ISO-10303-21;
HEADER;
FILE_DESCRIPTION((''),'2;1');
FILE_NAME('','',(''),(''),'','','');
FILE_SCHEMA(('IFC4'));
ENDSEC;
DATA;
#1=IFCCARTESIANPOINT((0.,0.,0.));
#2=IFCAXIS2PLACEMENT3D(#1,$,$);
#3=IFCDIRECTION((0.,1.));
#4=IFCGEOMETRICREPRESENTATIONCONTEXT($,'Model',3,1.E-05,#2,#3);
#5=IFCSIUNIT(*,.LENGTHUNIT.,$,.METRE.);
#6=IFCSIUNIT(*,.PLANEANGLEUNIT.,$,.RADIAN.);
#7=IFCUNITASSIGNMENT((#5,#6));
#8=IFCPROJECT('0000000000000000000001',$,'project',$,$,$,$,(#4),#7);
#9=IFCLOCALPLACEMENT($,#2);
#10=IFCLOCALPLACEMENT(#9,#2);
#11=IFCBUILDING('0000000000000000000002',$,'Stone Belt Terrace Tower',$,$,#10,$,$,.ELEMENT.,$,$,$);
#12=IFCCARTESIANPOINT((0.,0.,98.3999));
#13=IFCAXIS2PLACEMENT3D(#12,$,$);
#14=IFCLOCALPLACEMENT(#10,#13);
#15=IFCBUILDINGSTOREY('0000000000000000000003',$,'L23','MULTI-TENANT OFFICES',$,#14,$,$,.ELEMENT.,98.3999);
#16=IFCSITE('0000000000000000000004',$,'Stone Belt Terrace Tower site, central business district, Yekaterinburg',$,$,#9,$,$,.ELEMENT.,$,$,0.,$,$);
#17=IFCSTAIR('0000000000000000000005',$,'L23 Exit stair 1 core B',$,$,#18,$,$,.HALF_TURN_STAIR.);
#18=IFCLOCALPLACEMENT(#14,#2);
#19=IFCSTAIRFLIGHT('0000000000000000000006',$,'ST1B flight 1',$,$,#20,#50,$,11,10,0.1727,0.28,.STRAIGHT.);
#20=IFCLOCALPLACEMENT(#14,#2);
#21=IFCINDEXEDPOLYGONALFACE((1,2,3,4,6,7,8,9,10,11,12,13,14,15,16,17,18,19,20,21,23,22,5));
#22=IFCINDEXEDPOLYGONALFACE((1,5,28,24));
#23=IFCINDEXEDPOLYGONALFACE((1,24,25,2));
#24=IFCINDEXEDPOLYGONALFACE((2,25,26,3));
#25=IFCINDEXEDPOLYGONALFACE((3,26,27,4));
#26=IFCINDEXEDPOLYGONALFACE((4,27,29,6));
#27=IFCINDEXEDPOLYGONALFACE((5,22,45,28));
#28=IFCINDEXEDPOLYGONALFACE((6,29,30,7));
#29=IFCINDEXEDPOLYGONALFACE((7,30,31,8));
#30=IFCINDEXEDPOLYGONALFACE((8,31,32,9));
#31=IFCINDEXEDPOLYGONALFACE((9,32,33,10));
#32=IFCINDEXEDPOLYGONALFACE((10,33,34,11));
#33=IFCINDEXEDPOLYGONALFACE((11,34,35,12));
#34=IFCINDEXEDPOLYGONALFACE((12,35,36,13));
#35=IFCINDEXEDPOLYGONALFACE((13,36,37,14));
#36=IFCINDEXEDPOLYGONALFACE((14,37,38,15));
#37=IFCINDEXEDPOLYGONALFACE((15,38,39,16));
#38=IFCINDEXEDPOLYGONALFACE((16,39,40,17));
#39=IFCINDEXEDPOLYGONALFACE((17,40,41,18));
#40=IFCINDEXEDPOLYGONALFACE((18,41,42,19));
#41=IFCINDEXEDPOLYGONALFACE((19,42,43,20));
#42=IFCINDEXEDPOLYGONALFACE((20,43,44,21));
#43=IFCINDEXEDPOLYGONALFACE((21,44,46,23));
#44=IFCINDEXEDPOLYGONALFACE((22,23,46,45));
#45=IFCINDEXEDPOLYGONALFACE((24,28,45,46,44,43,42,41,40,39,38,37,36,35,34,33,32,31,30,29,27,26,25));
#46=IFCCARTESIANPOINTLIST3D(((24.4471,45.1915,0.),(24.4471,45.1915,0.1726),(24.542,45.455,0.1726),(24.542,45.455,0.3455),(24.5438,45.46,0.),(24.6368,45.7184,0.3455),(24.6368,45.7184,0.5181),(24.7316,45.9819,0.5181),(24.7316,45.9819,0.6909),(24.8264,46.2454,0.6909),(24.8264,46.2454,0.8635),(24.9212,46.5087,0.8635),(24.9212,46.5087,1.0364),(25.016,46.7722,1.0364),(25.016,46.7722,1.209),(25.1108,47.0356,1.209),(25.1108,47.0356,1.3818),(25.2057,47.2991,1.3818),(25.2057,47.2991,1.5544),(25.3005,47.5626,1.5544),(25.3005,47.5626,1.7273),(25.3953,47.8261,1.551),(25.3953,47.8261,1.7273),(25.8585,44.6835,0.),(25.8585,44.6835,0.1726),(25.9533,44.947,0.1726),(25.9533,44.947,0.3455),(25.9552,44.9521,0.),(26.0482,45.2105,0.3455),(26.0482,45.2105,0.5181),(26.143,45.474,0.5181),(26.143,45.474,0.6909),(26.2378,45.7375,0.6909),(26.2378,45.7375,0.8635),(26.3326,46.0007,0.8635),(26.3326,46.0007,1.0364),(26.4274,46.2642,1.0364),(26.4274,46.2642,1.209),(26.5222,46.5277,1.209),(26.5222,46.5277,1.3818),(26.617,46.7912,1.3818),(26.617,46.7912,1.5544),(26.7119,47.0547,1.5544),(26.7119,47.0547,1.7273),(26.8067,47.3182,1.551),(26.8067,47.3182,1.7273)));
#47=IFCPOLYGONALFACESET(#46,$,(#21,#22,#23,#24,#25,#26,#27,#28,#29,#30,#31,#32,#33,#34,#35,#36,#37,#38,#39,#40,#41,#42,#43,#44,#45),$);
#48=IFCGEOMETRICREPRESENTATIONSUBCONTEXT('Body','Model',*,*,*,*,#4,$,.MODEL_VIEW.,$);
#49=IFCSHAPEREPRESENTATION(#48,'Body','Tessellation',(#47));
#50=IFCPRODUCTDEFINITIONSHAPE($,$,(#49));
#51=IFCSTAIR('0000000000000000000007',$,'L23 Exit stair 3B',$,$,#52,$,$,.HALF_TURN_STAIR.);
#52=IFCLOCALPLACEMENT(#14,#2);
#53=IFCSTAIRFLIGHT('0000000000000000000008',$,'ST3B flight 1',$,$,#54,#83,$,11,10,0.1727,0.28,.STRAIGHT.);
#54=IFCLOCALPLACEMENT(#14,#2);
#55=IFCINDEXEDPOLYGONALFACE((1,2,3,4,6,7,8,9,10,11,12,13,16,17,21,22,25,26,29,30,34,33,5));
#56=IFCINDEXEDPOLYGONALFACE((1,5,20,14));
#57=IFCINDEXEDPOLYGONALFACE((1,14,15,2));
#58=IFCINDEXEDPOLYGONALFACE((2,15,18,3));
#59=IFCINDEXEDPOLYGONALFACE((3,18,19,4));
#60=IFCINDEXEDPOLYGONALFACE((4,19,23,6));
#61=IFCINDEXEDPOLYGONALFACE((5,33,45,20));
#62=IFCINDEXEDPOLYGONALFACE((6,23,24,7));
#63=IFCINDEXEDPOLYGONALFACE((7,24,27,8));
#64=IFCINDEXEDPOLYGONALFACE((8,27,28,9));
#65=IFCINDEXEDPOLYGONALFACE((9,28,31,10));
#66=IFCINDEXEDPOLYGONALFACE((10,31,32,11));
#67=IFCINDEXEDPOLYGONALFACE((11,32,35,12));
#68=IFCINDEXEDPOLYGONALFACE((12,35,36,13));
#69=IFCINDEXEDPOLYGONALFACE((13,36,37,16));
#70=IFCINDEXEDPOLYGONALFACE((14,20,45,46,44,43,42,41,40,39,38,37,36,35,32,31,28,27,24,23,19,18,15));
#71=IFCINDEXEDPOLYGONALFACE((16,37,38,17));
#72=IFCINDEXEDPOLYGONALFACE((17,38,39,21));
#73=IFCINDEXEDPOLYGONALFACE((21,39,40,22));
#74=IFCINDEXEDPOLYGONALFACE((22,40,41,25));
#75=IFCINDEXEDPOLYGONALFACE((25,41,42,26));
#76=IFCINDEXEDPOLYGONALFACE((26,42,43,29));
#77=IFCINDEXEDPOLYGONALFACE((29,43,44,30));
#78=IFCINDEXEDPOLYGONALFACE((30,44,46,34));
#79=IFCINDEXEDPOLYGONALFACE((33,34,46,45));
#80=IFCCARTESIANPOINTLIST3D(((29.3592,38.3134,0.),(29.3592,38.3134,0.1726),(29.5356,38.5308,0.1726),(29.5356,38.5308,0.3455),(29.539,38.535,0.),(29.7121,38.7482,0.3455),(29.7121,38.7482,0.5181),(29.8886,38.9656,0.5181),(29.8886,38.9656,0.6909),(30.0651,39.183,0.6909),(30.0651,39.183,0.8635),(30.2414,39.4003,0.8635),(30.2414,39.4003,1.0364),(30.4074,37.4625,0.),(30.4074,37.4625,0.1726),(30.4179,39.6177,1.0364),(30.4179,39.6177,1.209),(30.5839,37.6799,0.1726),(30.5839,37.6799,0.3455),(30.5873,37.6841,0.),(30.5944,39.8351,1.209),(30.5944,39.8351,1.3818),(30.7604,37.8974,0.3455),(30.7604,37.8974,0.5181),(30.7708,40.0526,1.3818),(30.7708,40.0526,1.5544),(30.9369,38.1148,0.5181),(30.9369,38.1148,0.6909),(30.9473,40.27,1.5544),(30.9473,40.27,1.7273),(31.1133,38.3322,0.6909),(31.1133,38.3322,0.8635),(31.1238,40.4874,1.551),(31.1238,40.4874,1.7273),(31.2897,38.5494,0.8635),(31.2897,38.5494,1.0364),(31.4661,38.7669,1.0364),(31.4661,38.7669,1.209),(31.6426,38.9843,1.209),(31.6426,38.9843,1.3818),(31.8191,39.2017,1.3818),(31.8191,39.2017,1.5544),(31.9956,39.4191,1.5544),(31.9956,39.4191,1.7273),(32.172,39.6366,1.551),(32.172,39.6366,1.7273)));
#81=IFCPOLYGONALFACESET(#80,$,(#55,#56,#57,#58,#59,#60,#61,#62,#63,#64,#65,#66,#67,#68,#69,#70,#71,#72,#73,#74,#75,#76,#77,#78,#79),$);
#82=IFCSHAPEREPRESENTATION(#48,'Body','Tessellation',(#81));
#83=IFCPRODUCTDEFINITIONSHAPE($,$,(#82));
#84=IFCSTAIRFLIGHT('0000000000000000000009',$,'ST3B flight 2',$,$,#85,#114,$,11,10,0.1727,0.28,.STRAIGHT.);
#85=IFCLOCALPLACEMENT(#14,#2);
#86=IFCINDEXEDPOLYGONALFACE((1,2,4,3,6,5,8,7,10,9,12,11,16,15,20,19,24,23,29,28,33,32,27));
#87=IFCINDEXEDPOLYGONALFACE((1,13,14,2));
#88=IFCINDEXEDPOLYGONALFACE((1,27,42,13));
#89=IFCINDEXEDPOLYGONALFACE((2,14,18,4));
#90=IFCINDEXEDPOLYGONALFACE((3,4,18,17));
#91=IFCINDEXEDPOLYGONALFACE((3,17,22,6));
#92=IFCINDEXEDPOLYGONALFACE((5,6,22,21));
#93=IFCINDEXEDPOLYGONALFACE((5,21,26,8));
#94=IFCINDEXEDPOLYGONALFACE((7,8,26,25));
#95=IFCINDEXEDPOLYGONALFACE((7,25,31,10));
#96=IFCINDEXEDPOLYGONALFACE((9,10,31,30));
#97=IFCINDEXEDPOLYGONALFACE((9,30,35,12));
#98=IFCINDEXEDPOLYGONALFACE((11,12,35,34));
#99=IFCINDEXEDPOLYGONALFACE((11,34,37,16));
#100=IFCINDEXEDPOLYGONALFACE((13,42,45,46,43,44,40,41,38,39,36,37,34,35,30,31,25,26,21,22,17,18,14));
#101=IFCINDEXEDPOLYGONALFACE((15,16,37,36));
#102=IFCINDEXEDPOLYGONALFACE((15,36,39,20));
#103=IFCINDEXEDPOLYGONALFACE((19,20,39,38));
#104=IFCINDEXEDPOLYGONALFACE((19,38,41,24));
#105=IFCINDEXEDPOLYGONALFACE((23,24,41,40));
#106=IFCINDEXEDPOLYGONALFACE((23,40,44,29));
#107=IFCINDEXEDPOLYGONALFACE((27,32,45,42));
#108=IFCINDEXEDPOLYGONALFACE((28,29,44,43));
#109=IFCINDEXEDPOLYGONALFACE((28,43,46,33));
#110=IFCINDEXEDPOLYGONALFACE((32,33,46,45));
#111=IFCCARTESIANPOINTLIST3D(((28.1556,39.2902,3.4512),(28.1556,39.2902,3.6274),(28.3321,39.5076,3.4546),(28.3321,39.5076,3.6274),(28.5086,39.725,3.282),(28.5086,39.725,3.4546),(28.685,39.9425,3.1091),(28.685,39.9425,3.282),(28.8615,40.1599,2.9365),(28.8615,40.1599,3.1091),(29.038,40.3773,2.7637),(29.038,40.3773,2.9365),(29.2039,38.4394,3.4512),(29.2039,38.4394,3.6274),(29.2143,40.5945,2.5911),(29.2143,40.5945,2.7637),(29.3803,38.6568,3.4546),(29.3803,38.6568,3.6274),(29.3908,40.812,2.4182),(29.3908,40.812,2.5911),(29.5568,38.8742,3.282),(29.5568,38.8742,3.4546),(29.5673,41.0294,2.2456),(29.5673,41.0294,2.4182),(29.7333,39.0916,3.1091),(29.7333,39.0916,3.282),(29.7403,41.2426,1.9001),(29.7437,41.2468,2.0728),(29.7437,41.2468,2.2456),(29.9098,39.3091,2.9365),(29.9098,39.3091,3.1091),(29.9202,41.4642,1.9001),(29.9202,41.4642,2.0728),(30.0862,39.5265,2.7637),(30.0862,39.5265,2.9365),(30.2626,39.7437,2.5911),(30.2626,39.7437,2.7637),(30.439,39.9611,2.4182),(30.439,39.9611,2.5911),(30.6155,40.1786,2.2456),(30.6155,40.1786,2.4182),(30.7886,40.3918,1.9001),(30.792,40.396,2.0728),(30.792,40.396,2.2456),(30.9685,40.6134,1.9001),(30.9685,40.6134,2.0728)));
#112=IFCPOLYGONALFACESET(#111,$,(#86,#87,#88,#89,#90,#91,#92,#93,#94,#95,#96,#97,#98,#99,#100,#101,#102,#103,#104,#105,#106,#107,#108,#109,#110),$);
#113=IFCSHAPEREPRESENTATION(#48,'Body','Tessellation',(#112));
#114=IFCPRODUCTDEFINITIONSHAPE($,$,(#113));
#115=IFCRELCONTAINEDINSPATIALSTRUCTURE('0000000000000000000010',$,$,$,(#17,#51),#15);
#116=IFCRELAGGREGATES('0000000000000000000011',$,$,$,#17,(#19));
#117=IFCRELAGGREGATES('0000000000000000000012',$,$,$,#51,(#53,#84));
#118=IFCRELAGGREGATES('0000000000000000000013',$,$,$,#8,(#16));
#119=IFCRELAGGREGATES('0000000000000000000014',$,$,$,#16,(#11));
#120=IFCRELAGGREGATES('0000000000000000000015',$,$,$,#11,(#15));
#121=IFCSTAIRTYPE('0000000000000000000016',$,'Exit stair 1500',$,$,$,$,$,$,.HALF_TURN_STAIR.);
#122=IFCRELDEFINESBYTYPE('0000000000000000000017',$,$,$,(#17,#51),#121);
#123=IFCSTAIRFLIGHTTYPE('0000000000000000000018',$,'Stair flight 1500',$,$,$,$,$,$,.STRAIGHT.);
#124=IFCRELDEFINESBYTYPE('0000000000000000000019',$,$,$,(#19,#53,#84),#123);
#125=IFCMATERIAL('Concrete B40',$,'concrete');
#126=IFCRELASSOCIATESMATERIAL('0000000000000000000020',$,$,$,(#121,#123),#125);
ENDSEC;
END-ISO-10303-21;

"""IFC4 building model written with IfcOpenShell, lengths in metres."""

from ifc_helpers import new_model, si_unit, direction, frame, origin, place, context, subcontext, project, spatial, polyline, outline, extrude, material, type_object, element, aggregate, save


model = new_model("IFC4")

# Units and contexts
model_context = context("Model", 3, precision=1e-05, world=origin(), true_north=direction((0.0, 1.0)))
body_context = subcontext(model_context, "Body", "Model", "MODEL_VIEW")
ifc_project = project(units=[si_unit("LENGTHUNIT", "METRE"), si_unit("PLANEANGLEUNIT", "RADIAN")], contexts=[model_context])

# Site, building, storey
site_placement = place(None, origin())
site = spatial("IfcSite", under=ifc_project, at=site_placement, Name="Stone Belt Terrace Tower site, central business district, Yekaterinburg", CompositionType="ELEMENT", RefElevation=0.0)
building_placement = place(site_placement, origin())
building = spatial("IfcBuilding", under=site, at=building_placement, Name="Stone Belt Terrace Tower", CompositionType="ELEMENT")
storey_placement = place(building_placement, frame((0.0, 0.0, 98.3999)))
storey = spatial("IfcBuildingStorey", under=building, at=storey_placement, Name="L23", Description="MULTI-TENANT OFFICES", CompositionType="ELEMENT", Elevation=98.3999)

# Stair, stair flight
ifc_material_1 = material(Name="Concrete B40", Category="concrete")
stair_type = type_object("IfcStairType", Name="Exit stair 1500", PredefinedType="HALF_TURN_STAIR", material=ifc_material_1)
stair_1_placement = place(storey_placement, origin())
stair_1 = element("IfcStair", 1, at=stair_1_placement, inside=storey, type_object=stair_type, Name="L23 Exit stair 1 core B", PredefinedType="HALF_TURN_STAIR")
stair_flight_type = type_object("IfcStairFlightType", Name="Stair flight 1500", PredefinedType="STRAIGHT", material=ifc_material_1)
stair_flight_1_placement = place(storey_placement, frame((25.1528, 44.9375, 0.0), z_axis=(0.0, 0.0, 1.0), x_axis=(0.338624, 0.940922, 0.0)))
stair_flight_1 = element("IfcStairFlight", 2, at=stair_flight_1_placement, type_object=stair_flight_type, Name="ST1B flight 1", NumberOfRisers=11, NumberOfTreads=10, PredefinedType="STRAIGHT", RiserHeight=0.1727, TreadLength=0.28, context=body_context, shape_type="SweptSolid", body=[
    extrude(outline(polyline([(0.0, 0.0), (0.0, 0.1726), (0.28, 0.1726), (0.28, 0.3455), (0.5601, 0.3455), (0.5601, 0.5181), (0.8401, 0.5181), (0.8401, 0.6909), (1.1201, 0.6909), (1.1201, 0.8635), (1.3999, 0.8635), (1.3999, 1.0364), (1.6799, 1.0364), (1.6799, 1.209), (1.96, 1.209), (1.96, 1.3818), (2.24, 1.3818), (2.24, 1.5544), (2.52, 1.5544), (2.52, 1.7273), (2.8, 1.7273), (2.8, 1.8999), (2.8, 1.551), (0.2854, 0.0), (0.0, 0.0)])), frame((0.0, 0.75, 0.0), z_axis=(0.0, -1.0, 0.0), x_axis=(1.0, 0.0, 0.0)), (0.0, 0.0, 1.0), 1.5),
])
aggregate(stair_1, [stair_flight_1])

# Stair, stair flights
stair_2_placement = place(storey_placement, origin())
stair_2 = element("IfcStair", 3, at=stair_2_placement, inside=storey, type_object=stair_type, Name="L23 Exit stair 3B", PredefinedType="HALF_TURN_STAIR")
stair_flight_2_placement = place(storey_placement, frame((29.8833, 37.8879, 0.0), z_axis=(0.0, 0.0, 1.0), x_axis=(0.630206, 0.776428, 0.0)))
stair_flight_2 = element("IfcStairFlight", 4, at=stair_flight_2_placement, type_object=stair_flight_type, Name="ST3B flight 1", NumberOfRisers=11, NumberOfTreads=10, PredefinedType="STRAIGHT", RiserHeight=0.1727, TreadLength=0.28, context=body_context, shape_type="SweptSolid", body=[
    extrude(outline(polyline([(0.0, 0.0), (0.0, 0.1726), (0.28, 0.1726), (0.28, 0.3455), (0.5601, 0.3455), (0.5601, 0.5181), (0.8401, 0.5181), (0.8401, 0.6909), (1.1201, 0.6909), (1.1201, 0.8635), (1.3999, 0.8635), (1.3999, 1.0364), (1.6799, 1.0364), (1.6799, 1.209), (1.96, 1.209), (1.96, 1.3818), (2.24, 1.3818), (2.24, 1.5544), (2.52, 1.5544), (2.52, 1.7273), (2.8, 1.7273), (2.8, 1.8999), (2.8, 1.551), (0.2854, 0.0), (0.0, 0.0)])), frame((0.0, 0.675, 0.0), z_axis=(0.0, -1.0, 0.0), x_axis=(1.0, 0.0, 0.0)), (0.0, 0.0, 1.0), 1.3501),
])
stair_flight_3_placement = place(storey_placement, frame((30.4443, 41.0388, 1.9001), z_axis=(0.0, 0.0, 1.0), x_axis=(-0.630206, -0.776428, 0.0)))
stair_flight_3 = element("IfcStairFlight", 5, at=stair_flight_3_placement, type_object=stair_flight_type, Name="ST3B flight 2", NumberOfRisers=11, NumberOfTreads=10, PredefinedType="STRAIGHT", RiserHeight=0.1727, TreadLength=0.28, context=body_context, shape_type="SweptSolid", body=[
    extrude(outline(polyline([(0.0, 0.0), (0.0, 0.1726), (0.28, 0.1726), (0.28, 0.3455), (0.5601, 0.3455), (0.5601, 0.5181), (0.8401, 0.5181), (0.8401, 0.6909), (1.1201, 0.6909), (1.1201, 0.8635), (1.3999, 0.8635), (1.3999, 1.0364), (1.6799, 1.0364), (1.6799, 1.209), (1.96, 1.209), (1.96, 1.3818), (2.24, 1.3818), (2.24, 1.5544), (2.52, 1.5544), (2.52, 1.7273), (2.8, 1.7273), (2.8, 1.8999), (2.8, 1.551), (0.2854, 0.0), (0.0, 0.0)])), frame((0.0, 0.675, 0.0), z_axis=(0.0, -1.0, 0.0), x_axis=(1.0, 0.0, 0.0)), (0.0, 0.0, 1.0), 1.3501),
])
aggregate(stair_2, [stair_flight_2, stair_flight_3])

save(model, "model.ifc")
